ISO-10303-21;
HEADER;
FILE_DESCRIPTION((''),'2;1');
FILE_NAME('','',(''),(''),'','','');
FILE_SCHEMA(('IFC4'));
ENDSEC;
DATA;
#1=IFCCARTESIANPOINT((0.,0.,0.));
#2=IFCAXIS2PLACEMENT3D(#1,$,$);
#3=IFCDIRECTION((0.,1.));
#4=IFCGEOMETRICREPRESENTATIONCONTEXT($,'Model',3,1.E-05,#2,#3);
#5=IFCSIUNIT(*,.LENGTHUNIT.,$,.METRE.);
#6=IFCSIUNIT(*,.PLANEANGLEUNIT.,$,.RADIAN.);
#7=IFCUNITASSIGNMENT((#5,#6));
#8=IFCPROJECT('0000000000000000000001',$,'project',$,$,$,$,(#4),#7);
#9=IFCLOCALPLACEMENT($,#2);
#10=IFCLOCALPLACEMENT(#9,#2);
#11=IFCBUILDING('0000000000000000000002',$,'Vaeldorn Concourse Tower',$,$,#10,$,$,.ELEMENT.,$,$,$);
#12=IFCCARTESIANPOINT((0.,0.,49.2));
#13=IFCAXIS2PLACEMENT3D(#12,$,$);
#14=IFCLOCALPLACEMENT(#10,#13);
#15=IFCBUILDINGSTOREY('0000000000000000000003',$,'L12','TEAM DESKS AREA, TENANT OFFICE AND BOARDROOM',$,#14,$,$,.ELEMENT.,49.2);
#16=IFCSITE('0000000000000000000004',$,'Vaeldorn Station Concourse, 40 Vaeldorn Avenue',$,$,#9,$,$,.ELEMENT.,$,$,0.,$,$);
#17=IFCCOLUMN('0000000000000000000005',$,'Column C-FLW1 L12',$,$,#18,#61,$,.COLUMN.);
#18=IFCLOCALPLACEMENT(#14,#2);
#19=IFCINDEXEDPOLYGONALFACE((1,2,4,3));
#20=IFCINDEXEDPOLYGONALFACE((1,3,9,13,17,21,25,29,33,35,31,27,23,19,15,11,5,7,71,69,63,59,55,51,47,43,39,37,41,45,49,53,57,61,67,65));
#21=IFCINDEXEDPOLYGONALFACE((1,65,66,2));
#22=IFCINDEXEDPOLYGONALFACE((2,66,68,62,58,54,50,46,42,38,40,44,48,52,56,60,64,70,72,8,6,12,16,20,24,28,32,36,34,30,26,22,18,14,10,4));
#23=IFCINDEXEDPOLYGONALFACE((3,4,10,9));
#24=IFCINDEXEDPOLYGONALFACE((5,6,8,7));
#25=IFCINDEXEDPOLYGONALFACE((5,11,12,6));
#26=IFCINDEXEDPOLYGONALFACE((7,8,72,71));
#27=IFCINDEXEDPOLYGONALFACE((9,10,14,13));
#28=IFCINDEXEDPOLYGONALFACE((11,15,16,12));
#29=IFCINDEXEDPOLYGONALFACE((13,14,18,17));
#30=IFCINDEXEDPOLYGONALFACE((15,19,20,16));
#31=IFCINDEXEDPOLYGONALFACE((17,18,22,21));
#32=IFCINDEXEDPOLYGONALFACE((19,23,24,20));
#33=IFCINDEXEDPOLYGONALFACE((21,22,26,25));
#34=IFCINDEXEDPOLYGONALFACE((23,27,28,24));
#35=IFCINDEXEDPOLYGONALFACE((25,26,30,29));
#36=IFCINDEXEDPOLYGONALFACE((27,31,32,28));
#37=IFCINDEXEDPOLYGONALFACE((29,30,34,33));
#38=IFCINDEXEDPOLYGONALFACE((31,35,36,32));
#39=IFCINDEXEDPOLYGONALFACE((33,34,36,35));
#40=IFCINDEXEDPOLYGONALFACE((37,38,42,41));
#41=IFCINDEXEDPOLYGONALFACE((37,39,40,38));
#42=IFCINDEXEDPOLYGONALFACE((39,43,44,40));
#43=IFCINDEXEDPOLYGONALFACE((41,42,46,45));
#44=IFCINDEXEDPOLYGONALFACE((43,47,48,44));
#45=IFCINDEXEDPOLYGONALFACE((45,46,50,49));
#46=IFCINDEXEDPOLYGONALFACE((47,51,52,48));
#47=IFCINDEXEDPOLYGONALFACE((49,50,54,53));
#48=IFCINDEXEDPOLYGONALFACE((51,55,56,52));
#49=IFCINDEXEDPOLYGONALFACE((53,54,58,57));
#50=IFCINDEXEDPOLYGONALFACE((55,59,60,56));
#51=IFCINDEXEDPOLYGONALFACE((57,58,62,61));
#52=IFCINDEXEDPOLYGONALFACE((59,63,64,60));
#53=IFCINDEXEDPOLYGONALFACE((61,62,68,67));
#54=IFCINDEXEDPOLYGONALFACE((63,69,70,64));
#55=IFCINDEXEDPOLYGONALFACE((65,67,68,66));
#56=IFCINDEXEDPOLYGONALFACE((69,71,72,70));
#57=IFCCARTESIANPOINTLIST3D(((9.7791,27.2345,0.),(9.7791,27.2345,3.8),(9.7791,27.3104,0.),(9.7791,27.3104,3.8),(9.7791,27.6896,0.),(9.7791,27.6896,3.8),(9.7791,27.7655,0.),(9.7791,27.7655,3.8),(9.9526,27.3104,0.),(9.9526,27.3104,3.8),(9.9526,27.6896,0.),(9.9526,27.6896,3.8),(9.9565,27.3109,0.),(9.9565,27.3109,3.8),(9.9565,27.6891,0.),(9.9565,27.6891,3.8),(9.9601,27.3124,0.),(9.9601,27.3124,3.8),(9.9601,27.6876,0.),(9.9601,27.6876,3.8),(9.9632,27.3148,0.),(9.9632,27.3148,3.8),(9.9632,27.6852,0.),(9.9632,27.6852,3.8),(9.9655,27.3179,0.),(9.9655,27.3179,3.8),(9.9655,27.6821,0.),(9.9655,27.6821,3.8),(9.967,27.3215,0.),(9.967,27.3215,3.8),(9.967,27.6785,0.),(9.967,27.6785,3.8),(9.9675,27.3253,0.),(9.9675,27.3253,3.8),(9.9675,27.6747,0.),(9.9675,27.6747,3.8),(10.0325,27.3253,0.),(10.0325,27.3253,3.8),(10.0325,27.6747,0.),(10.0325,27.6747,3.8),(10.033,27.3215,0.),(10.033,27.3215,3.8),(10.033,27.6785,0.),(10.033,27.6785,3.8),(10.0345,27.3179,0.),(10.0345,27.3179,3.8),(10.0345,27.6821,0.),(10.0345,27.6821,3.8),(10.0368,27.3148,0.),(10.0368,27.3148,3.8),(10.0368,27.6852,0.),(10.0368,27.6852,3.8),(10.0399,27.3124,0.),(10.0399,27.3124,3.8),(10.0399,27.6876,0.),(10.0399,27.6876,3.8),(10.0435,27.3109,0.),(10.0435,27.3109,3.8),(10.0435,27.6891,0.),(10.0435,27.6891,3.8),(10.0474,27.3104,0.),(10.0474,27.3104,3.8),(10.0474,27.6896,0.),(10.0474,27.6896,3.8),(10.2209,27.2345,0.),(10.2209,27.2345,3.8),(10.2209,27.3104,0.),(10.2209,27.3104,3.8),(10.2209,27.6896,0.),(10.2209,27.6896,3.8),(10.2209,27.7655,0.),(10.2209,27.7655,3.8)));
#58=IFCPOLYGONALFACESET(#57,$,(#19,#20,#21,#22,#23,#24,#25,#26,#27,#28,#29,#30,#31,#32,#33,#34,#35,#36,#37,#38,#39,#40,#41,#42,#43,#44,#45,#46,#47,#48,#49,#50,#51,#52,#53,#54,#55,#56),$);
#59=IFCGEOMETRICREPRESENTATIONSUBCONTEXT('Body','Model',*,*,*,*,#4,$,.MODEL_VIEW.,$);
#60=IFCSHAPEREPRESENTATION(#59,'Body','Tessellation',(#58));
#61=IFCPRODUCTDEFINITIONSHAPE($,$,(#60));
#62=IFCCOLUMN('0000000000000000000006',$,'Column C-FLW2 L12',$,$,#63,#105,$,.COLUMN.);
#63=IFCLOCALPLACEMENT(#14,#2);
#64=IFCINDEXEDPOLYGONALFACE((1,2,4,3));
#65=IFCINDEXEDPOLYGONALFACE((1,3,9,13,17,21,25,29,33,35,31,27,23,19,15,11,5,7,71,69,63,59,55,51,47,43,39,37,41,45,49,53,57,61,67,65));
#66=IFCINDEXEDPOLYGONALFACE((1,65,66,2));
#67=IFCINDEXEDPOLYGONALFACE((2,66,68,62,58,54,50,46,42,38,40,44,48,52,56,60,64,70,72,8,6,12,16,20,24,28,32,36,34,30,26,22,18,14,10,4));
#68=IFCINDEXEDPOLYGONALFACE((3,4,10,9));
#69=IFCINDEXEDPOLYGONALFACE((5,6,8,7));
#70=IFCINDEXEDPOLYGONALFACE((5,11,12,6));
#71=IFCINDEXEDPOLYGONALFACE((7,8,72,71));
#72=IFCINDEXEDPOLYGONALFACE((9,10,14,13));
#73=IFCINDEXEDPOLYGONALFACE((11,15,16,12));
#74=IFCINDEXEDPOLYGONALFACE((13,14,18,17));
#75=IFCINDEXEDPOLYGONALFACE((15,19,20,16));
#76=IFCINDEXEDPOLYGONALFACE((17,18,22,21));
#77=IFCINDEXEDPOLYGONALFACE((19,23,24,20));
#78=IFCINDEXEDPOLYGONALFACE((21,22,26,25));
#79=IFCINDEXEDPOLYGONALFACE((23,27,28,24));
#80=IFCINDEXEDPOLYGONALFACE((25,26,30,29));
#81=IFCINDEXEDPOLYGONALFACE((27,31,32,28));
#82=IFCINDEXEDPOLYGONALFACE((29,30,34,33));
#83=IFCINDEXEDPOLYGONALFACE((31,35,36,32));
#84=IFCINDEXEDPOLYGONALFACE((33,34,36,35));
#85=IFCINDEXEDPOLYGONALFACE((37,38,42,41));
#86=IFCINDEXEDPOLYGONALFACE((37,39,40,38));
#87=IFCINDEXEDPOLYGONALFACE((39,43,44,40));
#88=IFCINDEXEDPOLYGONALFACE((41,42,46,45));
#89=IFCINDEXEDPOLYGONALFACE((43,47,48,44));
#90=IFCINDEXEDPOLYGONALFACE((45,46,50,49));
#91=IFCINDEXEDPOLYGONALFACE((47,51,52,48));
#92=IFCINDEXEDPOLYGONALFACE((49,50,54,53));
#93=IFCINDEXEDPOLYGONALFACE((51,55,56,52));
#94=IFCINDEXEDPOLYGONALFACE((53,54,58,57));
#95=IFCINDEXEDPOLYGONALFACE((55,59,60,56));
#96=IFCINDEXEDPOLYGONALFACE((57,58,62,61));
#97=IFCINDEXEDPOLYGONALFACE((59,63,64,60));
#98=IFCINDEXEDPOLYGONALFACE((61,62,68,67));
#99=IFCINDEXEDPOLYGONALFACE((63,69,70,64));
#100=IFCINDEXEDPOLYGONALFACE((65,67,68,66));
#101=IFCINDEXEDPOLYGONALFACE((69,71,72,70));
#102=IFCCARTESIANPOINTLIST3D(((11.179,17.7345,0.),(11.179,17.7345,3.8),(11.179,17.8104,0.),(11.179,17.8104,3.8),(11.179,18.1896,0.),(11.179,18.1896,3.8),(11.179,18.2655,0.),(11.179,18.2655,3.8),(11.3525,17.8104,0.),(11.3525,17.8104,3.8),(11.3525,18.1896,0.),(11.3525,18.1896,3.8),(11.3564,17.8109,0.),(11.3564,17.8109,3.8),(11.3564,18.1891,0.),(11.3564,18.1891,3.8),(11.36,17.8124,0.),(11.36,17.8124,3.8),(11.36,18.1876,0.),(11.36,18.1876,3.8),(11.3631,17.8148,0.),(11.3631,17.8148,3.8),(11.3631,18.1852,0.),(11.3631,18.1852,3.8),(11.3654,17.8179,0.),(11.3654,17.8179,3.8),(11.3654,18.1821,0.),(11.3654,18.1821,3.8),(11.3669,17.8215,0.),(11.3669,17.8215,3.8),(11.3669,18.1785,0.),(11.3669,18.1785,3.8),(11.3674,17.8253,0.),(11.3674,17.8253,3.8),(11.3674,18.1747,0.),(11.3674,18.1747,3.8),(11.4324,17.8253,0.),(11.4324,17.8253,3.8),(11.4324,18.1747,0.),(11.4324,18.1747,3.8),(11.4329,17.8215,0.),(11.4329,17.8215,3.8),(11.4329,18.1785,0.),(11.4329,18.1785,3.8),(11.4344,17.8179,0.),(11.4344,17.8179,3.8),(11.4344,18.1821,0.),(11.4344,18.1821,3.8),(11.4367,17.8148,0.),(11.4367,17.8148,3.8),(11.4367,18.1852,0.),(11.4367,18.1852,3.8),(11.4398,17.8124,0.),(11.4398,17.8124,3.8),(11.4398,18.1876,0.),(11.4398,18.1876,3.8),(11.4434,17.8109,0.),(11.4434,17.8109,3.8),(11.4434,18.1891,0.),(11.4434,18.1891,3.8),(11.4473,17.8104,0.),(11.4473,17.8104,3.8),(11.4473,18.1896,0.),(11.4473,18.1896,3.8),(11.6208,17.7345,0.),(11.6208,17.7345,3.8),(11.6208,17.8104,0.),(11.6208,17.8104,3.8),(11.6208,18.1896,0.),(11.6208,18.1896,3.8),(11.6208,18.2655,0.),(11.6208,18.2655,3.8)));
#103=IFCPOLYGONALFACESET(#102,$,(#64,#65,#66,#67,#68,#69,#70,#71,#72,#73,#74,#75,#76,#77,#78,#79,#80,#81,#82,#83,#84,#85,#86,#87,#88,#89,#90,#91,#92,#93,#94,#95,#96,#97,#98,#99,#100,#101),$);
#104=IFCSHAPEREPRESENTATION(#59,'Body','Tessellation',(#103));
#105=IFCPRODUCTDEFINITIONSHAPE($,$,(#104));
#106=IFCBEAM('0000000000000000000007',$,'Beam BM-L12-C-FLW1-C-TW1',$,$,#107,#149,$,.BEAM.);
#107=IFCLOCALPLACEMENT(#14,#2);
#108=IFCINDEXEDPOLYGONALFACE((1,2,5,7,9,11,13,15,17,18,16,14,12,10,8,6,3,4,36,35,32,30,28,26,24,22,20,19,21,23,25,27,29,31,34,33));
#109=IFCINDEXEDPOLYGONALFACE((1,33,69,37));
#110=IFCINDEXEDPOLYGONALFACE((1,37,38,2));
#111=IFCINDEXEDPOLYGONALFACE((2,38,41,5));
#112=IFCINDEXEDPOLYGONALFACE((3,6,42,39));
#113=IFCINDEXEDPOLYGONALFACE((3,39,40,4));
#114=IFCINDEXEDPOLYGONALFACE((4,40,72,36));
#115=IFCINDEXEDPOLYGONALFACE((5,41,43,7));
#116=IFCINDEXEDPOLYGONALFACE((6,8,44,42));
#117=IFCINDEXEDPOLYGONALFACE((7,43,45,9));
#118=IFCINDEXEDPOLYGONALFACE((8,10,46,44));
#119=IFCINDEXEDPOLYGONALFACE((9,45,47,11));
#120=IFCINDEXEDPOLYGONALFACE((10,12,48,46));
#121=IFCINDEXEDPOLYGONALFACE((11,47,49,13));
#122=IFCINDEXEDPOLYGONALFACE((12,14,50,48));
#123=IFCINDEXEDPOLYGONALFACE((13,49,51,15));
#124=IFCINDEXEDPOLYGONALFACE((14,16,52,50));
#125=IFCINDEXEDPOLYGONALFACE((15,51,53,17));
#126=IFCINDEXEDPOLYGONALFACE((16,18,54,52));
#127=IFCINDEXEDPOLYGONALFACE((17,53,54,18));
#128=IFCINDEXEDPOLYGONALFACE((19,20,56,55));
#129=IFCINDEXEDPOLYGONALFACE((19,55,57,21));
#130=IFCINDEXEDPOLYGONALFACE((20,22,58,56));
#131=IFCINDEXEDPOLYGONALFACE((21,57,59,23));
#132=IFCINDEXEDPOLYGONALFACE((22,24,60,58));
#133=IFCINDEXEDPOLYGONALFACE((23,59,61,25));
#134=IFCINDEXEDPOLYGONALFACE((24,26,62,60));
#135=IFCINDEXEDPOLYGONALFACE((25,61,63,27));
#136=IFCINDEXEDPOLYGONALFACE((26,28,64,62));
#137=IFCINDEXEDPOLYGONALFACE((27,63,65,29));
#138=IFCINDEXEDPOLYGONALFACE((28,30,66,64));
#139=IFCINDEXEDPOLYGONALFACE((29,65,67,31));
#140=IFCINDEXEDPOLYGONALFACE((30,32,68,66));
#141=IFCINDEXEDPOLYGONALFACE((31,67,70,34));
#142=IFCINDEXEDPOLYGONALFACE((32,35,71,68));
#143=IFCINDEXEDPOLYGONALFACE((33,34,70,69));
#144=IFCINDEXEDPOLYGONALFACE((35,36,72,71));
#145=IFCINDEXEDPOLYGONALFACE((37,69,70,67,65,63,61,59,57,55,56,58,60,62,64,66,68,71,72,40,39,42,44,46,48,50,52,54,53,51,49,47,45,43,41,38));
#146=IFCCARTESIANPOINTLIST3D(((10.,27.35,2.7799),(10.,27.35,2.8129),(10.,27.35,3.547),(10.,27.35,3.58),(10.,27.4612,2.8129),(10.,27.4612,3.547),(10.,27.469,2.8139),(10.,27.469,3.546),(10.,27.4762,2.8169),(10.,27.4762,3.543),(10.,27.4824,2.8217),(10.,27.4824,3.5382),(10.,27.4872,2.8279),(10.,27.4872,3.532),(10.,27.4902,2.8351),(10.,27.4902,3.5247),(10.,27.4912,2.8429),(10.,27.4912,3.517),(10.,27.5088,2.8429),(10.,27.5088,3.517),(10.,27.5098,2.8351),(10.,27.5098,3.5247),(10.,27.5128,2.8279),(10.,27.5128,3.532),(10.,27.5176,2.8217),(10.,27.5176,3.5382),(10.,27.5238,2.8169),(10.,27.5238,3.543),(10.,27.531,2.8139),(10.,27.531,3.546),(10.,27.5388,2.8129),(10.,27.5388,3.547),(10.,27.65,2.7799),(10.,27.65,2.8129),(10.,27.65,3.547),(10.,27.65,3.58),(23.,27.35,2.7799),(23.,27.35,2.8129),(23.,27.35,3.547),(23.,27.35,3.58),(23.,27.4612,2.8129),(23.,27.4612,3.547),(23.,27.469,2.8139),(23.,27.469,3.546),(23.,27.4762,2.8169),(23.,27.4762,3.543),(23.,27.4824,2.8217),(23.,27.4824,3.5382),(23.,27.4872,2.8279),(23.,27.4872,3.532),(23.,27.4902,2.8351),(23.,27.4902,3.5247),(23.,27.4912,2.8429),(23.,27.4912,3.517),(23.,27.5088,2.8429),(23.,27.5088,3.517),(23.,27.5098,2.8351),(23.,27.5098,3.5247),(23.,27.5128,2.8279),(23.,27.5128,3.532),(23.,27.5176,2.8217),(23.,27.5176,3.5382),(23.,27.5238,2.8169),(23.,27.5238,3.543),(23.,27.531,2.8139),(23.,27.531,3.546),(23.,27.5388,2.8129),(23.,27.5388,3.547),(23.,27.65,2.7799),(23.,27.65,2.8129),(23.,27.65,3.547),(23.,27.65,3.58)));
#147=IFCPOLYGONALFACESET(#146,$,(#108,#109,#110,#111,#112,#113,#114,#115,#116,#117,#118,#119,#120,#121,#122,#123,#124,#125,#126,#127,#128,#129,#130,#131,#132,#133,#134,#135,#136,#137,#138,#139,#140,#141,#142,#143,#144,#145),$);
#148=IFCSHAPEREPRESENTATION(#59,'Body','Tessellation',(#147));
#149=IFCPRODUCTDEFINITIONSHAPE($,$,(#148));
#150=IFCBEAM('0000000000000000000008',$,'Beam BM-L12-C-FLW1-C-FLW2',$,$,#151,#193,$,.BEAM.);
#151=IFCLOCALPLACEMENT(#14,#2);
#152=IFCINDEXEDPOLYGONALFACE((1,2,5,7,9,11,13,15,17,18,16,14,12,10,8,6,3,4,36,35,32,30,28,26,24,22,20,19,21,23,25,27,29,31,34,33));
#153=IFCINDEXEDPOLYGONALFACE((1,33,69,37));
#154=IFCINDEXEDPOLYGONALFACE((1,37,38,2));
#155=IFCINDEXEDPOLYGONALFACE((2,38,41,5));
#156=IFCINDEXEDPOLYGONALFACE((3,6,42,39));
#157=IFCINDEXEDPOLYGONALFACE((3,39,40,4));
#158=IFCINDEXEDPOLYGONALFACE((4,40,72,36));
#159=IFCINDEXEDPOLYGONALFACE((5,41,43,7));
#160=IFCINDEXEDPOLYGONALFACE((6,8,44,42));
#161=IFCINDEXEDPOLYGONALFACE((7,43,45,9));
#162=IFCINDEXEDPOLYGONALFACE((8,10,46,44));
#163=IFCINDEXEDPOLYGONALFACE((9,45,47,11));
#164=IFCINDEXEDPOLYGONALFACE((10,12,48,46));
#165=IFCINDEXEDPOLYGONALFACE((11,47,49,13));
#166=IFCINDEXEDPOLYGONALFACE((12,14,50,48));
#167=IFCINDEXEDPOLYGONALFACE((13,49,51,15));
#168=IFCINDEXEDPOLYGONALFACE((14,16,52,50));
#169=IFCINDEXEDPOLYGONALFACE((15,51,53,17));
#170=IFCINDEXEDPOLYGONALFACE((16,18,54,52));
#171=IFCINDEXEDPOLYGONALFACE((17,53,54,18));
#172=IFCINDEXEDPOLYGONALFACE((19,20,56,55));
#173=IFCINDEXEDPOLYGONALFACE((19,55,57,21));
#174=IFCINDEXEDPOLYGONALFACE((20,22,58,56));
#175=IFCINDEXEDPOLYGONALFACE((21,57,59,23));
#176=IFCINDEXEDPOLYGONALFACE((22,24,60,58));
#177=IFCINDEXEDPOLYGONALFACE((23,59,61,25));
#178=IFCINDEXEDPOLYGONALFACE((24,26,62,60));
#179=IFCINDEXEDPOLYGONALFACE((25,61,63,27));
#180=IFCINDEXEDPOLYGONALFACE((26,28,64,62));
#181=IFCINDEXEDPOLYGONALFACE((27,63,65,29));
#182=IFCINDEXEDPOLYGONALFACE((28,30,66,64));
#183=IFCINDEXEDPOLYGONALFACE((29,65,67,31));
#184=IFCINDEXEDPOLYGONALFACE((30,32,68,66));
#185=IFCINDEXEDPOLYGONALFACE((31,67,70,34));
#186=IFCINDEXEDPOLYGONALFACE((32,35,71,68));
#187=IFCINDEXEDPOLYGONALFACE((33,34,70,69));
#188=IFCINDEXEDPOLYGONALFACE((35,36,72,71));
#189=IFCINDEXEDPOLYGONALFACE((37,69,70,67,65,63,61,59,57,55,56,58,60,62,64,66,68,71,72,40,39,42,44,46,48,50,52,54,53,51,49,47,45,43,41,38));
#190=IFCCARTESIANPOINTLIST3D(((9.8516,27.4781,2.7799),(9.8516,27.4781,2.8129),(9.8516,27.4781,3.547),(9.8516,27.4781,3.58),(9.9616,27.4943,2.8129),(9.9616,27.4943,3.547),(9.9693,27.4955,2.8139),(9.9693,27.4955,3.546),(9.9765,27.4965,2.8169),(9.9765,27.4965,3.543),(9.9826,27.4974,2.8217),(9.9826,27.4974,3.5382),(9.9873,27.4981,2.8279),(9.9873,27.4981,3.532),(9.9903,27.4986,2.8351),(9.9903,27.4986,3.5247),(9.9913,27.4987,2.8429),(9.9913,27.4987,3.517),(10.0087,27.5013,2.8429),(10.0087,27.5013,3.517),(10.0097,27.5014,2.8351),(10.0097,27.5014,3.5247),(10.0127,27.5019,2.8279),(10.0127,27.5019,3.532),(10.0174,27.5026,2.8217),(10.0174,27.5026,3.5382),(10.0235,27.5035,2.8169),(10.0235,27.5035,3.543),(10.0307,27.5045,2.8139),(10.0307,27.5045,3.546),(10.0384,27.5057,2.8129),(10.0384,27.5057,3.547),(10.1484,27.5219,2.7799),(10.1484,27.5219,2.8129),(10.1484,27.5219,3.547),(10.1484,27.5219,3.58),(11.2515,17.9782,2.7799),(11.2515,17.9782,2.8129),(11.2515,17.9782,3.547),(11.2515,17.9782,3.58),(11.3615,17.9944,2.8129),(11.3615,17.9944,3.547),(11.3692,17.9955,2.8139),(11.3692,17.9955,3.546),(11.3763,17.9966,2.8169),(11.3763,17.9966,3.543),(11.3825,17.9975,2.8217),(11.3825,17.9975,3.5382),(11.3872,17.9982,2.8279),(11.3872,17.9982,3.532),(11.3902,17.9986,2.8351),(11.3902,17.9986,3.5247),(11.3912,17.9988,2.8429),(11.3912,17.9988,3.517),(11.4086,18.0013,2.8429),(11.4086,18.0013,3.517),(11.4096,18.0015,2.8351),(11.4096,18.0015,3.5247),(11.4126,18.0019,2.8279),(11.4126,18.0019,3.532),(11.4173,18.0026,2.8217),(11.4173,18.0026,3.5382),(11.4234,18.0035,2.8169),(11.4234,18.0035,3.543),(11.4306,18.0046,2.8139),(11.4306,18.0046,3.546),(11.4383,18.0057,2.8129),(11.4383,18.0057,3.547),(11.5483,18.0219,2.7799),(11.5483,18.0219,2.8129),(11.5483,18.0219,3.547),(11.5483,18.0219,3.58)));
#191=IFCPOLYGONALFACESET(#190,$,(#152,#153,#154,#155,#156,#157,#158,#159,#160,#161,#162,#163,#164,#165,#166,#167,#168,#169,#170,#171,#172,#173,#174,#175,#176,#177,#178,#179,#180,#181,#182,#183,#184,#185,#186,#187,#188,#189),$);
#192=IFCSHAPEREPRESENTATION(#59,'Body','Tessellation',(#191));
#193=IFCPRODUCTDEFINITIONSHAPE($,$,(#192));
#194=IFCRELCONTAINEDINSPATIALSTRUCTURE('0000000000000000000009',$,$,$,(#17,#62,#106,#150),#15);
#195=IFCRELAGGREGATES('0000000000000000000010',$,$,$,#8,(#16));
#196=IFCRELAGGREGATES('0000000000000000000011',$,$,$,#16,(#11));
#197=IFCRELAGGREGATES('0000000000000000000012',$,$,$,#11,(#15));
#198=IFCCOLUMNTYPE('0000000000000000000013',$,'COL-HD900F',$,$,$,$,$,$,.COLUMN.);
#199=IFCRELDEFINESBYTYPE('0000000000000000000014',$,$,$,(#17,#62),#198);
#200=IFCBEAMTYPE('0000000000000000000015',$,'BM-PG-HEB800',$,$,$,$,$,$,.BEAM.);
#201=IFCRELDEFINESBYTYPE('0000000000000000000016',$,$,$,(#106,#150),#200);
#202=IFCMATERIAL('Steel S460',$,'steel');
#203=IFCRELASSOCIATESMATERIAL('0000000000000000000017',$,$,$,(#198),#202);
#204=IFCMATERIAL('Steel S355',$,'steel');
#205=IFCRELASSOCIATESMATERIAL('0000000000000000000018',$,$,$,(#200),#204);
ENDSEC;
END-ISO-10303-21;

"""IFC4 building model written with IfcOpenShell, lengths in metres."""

from ifc_helpers import new_model, si_unit, direction, frame, origin, origin_2d, place, context, subcontext, project, spatial, i_section, extrude, source, transform, mapped, material, material_profile, profile_set, type_object, element, save


model = new_model("IFC4")

# Units and contexts
model_context = context("Model", 3, precision=1e-05, world=origin(), true_north=direction((0.0, 1.0)))
body_context = subcontext(model_context, "Body", "Model", "MODEL_VIEW")
ifc_project = project(units=[si_unit("LENGTHUNIT", "METRE"), si_unit("PLANEANGLEUNIT", "RADIAN")], contexts=[model_context])

# Site, building, storey
site_placement = place(None, origin())
site = spatial("IfcSite", under=ifc_project, at=site_placement, Name="Vaeldorn Station Concourse, 40 Vaeldorn Avenue", CompositionType="ELEMENT", RefElevation=0.0)
building_placement = place(site_placement, origin())
building = spatial("IfcBuilding", under=site, at=building_placement, Name="Vaeldorn Concourse Tower", CompositionType="ELEMENT")
storey_placement = place(building_placement, frame((0.0, 0.0, 49.2)))
storey = spatial("IfcBuildingStorey", under=building, at=storey_placement, Name="L12", Description="TEAM DESKS AREA, TENANT OFFICE AND BOARDROOM", CompositionType="ELEMENT", Elevation=49.2)

# Columns
ifc_material_1 = material(Name="Steel S460", Category="steel")
ifc_material_profile_1 = material_profile(ifc_material_1, i_section(OverallWidth=0.4419, OverallDepth=0.531, WebThickness=0.0649, FlangeThickness=0.0759, FilletRadius=0.0149, at=origin_2d()), Name="HD 400x900")
ifc_profile_set_1 = profile_set([ifc_material_profile_1], Name="Steel S460")
column_type = type_object("IfcColumnType", Name="COL-HD900F", PredefinedType="COLUMN", material=ifc_profile_set_1)
shared_shape_1 = source(origin(), body_context, "Body", "SweptSolid", [
    extrude(i_section(OverallWidth=0.4419, OverallDepth=0.531, WebThickness=0.0649, FlangeThickness=0.0759, FilletRadius=0.0149, at=origin_2d()), origin(), (0.0, 0.0, 1.0), 3.8),
])
for number, where, z_axis, x_axis, name in (
    (1, (10.0, 27.5, 0.0), (0.0, 0.0, 1.0), (1.0, 0.0, 0.0), "Column C-FLW1 L12"),
    (2, (11.3999, 18.0, 0.0), (0.0, 0.0, 1.0), (1.0, 0.0, 0.0), "Column C-FLW2 L12"),
):
    element("IfcColumn", number, at=place(storey_placement, frame(where, z_axis=z_axis, x_axis=x_axis)), inside=storey, type_object=column_type, Name=name, PredefinedType="COLUMN", context=body_context, shape_type="MappedRepresentation", body=[
        mapped(shared_shape_1, transform((0.0, 0.0, 0.0), scale=1.0)),
    ])

# Beams
ifc_material_2 = material(Name="Steel S355", Category="steel")
ifc_material_profile_2 = material_profile(ifc_material_2, i_section(OverallWidth=0.3, OverallDepth=0.8, WebThickness=0.0176, FlangeThickness=0.033, FilletRadius=0.03, at=origin_2d()), Name="HEB 800")
ifc_profile_set_2 = profile_set([ifc_material_profile_2], Name="Steel S355")
beam_type_1 = type_object("IfcBeamType", Name="BM-PG-HEB800", PredefinedType="BEAM", material=ifc_profile_set_2)
shared_shape_2 = source(origin(), body_context, "Body", "SweptSolid", [
    extrude(i_section(OverallWidth=0.3, OverallDepth=0.8, WebThickness=0.0176, FlangeThickness=0.033, FilletRadius=0.03, at=origin_2d()), origin(), (0.0, 0.0, 1.0), 13.0),
])
beam_1_placement = place(storey_placement, frame((10.0, 27.5, 3.1799), z_axis=(1.0, 0.0, 0.0), x_axis=(0.0, 1.0, 0.0)))
element("IfcBeam", 3, at=beam_1_placement, inside=storey, type_object=beam_type_1, Name="Beam BM-L12-C-FLW1-C-TW1", PredefinedType="BEAM", context=body_context, shape_type="MappedRepresentation", body=[
    mapped(shared_shape_2, transform((0.0, 0.0, 0.0), scale=1.0)),
])
shared_shape_3 = source(origin(), body_context, "Body", "SweptSolid", [
    extrude(i_section(OverallWidth=0.3, OverallDepth=0.8, WebThickness=0.0176, FlangeThickness=0.033, FilletRadius=0.03, at=origin_2d()), origin(), (0.0, 0.0, 1.0), 9.6025),
])
beam_2_placement = place(storey_placement, frame((10.0, 27.5, 3.1799), z_axis=(0.145784, -0.989316, 0.0), x_axis=(0.989316, 0.145784, 0.0)))
element("IfcBeam", 4, at=beam_2_placement, inside=storey, type_object=beam_type_1, Name="Beam BM-L12-C-FLW1-C-FLW2", PredefinedType="BEAM", context=body_context, shape_type="MappedRepresentation", body=[
    mapped(shared_shape_3, transform((0.0, 0.0, 0.0), scale=1.0)),
])

save(model, "model.ifc")
